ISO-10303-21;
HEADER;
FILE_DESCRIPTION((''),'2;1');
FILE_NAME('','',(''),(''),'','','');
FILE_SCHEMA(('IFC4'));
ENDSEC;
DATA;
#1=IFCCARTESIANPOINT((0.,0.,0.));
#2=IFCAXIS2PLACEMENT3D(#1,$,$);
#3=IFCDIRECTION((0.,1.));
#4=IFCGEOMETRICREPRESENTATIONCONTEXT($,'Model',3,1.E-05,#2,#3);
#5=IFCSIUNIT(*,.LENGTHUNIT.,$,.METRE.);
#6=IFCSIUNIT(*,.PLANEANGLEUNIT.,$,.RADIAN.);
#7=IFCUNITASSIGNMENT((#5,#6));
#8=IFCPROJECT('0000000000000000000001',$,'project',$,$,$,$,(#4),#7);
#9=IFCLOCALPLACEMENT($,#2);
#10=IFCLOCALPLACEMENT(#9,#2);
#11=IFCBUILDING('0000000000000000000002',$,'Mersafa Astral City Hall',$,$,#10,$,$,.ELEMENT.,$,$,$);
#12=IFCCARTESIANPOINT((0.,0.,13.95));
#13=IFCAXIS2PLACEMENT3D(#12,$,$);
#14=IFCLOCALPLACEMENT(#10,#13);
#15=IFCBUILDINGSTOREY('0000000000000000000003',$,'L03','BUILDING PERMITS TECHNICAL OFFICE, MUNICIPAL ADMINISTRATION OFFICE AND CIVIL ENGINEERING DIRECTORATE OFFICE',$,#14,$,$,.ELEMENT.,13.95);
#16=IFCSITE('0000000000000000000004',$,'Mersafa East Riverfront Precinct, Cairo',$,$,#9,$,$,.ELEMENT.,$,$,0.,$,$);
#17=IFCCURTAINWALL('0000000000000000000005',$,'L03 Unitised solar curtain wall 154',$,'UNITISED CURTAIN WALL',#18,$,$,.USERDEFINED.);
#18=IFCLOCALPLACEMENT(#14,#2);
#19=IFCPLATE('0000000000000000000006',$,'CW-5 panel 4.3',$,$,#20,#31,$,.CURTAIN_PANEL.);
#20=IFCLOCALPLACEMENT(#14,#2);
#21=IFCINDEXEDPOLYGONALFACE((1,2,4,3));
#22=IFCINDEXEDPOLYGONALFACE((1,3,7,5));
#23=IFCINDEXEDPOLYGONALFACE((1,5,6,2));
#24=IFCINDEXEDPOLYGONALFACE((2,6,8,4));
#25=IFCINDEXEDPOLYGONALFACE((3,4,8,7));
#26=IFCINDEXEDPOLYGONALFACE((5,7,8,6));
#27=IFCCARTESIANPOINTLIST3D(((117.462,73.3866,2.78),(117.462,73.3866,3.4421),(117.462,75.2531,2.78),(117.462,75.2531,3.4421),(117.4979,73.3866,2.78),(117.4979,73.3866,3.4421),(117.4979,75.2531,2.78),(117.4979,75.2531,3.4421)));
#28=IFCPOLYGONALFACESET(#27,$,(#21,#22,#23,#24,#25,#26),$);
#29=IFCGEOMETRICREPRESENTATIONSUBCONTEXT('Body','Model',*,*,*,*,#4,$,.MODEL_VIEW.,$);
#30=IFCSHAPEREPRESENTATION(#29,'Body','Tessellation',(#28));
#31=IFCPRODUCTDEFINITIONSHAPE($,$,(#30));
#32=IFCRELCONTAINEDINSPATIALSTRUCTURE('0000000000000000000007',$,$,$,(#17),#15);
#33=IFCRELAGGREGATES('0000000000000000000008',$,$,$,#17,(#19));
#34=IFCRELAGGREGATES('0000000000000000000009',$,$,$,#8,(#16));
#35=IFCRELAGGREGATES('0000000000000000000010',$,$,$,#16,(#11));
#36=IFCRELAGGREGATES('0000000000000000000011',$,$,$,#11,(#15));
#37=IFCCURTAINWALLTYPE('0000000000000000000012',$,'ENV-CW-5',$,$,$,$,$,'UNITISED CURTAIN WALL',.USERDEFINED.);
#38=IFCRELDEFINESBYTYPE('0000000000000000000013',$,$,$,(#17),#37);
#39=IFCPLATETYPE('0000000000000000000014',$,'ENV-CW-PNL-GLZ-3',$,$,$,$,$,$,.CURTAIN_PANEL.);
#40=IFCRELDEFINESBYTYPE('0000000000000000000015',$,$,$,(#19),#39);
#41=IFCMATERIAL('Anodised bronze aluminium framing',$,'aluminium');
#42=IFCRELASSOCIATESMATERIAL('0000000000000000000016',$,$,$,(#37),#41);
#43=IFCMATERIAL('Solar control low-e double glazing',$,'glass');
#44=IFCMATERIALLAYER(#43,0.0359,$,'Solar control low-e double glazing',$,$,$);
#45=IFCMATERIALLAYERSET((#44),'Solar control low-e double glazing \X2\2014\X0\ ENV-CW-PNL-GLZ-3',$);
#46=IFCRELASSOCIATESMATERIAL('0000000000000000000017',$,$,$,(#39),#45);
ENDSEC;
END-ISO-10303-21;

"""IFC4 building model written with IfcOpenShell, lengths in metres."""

from ifc_helpers import new_model, si_unit, direction, frame, origin, origin_2d, place, context, subcontext, project, spatial, rectangle, extrude, material, layer, layer_set, type_object, element, aggregate, save


model = new_model("IFC4")

# Units and contexts
model_context = context("Model", 3, precision=1e-05, world=origin(), true_north=direction((0.0, 1.0)))
body_context = subcontext(model_context, "Body", "Model", "MODEL_VIEW")
ifc_project = project(units=[si_unit("LENGTHUNIT", "METRE"), si_unit("PLANEANGLEUNIT", "RADIAN")], contexts=[model_context])

# Site, building, storey
site_placement = place(None, origin())
site = spatial("IfcSite", under=ifc_project, at=site_placement, Name="Mersafa East Riverfront Precinct, Cairo", CompositionType="ELEMENT", RefElevation=0.0)
building_placement = place(site_placement, origin())
building = spatial("IfcBuilding", under=site, at=building_placement, Name="Mersafa Astral City Hall", CompositionType="ELEMENT")
storey_placement = place(building_placement, frame((0.0, 0.0, 13.95)))
storey = spatial("IfcBuildingStorey", under=building, at=storey_placement, Name="L03", Description="BUILDING PERMITS TECHNICAL OFFICE, MUNICIPAL ADMINISTRATION OFFICE AND CIVIL ENGINEERING DIRECTORATE OFFICE", CompositionType="ELEMENT", Elevation=13.95)

# Curtain wall
ifc_material_1 = material(Name="Anodised bronze aluminium framing", Category="aluminium")
curtain_wall_type_1 = type_object("IfcCurtainWallType", Name="ENV-CW-5", ElementType="UNITISED CURTAIN WALL", PredefinedType="USERDEFINED", material=ifc_material_1)
curtain_wall_1_placement = place(storey_placement, origin())
curtain_wall_1 = element("IfcCurtainWall", 1, at=curtain_wall_1_placement, inside=storey, type_object=curtain_wall_type_1, Name="L03 Unitised solar curtain wall 154", ObjectType="UNITISED CURTAIN WALL", PredefinedType="USERDEFINED")

# Plate
ifc_material_2 = material(Name="Solar control low-e double glazing", Category="glass")
ifc_layer = layer(ifc_material_2, 0.0359, Name="Solar control low-e double glazing")
ifc_layer_set = layer_set([ifc_layer], Name="Solar control low-e double glazing — ENV-CW-PNL-GLZ-3")
plate_type = type_object("IfcPlateType", Name="ENV-CW-PNL-GLZ-3", PredefinedType="CURTAIN_PANEL", material=ifc_layer_set)
plate_1_placement = place(storey_placement, frame((117.48, 74.3198, 2.78), z_axis=(0.0, 0.0, 1.0), x_axis=(0.0, 1.0, 0.0)))
plate_1 = element("IfcPlate", 2, at=plate_1_placement, type_object=plate_type, Name="CW-5 panel 4.3", PredefinedType="CURTAIN_PANEL", context=body_context, shape_type="SweptSolid", body=[
    extrude(rectangle(XDim=1.8665, YDim=0.0359, at=origin_2d()), origin(), (0.0, 0.0, 1.0), 0.6621),
])
aggregate(curtain_wall_1, [plate_1])

save(model, "model.ifc")
